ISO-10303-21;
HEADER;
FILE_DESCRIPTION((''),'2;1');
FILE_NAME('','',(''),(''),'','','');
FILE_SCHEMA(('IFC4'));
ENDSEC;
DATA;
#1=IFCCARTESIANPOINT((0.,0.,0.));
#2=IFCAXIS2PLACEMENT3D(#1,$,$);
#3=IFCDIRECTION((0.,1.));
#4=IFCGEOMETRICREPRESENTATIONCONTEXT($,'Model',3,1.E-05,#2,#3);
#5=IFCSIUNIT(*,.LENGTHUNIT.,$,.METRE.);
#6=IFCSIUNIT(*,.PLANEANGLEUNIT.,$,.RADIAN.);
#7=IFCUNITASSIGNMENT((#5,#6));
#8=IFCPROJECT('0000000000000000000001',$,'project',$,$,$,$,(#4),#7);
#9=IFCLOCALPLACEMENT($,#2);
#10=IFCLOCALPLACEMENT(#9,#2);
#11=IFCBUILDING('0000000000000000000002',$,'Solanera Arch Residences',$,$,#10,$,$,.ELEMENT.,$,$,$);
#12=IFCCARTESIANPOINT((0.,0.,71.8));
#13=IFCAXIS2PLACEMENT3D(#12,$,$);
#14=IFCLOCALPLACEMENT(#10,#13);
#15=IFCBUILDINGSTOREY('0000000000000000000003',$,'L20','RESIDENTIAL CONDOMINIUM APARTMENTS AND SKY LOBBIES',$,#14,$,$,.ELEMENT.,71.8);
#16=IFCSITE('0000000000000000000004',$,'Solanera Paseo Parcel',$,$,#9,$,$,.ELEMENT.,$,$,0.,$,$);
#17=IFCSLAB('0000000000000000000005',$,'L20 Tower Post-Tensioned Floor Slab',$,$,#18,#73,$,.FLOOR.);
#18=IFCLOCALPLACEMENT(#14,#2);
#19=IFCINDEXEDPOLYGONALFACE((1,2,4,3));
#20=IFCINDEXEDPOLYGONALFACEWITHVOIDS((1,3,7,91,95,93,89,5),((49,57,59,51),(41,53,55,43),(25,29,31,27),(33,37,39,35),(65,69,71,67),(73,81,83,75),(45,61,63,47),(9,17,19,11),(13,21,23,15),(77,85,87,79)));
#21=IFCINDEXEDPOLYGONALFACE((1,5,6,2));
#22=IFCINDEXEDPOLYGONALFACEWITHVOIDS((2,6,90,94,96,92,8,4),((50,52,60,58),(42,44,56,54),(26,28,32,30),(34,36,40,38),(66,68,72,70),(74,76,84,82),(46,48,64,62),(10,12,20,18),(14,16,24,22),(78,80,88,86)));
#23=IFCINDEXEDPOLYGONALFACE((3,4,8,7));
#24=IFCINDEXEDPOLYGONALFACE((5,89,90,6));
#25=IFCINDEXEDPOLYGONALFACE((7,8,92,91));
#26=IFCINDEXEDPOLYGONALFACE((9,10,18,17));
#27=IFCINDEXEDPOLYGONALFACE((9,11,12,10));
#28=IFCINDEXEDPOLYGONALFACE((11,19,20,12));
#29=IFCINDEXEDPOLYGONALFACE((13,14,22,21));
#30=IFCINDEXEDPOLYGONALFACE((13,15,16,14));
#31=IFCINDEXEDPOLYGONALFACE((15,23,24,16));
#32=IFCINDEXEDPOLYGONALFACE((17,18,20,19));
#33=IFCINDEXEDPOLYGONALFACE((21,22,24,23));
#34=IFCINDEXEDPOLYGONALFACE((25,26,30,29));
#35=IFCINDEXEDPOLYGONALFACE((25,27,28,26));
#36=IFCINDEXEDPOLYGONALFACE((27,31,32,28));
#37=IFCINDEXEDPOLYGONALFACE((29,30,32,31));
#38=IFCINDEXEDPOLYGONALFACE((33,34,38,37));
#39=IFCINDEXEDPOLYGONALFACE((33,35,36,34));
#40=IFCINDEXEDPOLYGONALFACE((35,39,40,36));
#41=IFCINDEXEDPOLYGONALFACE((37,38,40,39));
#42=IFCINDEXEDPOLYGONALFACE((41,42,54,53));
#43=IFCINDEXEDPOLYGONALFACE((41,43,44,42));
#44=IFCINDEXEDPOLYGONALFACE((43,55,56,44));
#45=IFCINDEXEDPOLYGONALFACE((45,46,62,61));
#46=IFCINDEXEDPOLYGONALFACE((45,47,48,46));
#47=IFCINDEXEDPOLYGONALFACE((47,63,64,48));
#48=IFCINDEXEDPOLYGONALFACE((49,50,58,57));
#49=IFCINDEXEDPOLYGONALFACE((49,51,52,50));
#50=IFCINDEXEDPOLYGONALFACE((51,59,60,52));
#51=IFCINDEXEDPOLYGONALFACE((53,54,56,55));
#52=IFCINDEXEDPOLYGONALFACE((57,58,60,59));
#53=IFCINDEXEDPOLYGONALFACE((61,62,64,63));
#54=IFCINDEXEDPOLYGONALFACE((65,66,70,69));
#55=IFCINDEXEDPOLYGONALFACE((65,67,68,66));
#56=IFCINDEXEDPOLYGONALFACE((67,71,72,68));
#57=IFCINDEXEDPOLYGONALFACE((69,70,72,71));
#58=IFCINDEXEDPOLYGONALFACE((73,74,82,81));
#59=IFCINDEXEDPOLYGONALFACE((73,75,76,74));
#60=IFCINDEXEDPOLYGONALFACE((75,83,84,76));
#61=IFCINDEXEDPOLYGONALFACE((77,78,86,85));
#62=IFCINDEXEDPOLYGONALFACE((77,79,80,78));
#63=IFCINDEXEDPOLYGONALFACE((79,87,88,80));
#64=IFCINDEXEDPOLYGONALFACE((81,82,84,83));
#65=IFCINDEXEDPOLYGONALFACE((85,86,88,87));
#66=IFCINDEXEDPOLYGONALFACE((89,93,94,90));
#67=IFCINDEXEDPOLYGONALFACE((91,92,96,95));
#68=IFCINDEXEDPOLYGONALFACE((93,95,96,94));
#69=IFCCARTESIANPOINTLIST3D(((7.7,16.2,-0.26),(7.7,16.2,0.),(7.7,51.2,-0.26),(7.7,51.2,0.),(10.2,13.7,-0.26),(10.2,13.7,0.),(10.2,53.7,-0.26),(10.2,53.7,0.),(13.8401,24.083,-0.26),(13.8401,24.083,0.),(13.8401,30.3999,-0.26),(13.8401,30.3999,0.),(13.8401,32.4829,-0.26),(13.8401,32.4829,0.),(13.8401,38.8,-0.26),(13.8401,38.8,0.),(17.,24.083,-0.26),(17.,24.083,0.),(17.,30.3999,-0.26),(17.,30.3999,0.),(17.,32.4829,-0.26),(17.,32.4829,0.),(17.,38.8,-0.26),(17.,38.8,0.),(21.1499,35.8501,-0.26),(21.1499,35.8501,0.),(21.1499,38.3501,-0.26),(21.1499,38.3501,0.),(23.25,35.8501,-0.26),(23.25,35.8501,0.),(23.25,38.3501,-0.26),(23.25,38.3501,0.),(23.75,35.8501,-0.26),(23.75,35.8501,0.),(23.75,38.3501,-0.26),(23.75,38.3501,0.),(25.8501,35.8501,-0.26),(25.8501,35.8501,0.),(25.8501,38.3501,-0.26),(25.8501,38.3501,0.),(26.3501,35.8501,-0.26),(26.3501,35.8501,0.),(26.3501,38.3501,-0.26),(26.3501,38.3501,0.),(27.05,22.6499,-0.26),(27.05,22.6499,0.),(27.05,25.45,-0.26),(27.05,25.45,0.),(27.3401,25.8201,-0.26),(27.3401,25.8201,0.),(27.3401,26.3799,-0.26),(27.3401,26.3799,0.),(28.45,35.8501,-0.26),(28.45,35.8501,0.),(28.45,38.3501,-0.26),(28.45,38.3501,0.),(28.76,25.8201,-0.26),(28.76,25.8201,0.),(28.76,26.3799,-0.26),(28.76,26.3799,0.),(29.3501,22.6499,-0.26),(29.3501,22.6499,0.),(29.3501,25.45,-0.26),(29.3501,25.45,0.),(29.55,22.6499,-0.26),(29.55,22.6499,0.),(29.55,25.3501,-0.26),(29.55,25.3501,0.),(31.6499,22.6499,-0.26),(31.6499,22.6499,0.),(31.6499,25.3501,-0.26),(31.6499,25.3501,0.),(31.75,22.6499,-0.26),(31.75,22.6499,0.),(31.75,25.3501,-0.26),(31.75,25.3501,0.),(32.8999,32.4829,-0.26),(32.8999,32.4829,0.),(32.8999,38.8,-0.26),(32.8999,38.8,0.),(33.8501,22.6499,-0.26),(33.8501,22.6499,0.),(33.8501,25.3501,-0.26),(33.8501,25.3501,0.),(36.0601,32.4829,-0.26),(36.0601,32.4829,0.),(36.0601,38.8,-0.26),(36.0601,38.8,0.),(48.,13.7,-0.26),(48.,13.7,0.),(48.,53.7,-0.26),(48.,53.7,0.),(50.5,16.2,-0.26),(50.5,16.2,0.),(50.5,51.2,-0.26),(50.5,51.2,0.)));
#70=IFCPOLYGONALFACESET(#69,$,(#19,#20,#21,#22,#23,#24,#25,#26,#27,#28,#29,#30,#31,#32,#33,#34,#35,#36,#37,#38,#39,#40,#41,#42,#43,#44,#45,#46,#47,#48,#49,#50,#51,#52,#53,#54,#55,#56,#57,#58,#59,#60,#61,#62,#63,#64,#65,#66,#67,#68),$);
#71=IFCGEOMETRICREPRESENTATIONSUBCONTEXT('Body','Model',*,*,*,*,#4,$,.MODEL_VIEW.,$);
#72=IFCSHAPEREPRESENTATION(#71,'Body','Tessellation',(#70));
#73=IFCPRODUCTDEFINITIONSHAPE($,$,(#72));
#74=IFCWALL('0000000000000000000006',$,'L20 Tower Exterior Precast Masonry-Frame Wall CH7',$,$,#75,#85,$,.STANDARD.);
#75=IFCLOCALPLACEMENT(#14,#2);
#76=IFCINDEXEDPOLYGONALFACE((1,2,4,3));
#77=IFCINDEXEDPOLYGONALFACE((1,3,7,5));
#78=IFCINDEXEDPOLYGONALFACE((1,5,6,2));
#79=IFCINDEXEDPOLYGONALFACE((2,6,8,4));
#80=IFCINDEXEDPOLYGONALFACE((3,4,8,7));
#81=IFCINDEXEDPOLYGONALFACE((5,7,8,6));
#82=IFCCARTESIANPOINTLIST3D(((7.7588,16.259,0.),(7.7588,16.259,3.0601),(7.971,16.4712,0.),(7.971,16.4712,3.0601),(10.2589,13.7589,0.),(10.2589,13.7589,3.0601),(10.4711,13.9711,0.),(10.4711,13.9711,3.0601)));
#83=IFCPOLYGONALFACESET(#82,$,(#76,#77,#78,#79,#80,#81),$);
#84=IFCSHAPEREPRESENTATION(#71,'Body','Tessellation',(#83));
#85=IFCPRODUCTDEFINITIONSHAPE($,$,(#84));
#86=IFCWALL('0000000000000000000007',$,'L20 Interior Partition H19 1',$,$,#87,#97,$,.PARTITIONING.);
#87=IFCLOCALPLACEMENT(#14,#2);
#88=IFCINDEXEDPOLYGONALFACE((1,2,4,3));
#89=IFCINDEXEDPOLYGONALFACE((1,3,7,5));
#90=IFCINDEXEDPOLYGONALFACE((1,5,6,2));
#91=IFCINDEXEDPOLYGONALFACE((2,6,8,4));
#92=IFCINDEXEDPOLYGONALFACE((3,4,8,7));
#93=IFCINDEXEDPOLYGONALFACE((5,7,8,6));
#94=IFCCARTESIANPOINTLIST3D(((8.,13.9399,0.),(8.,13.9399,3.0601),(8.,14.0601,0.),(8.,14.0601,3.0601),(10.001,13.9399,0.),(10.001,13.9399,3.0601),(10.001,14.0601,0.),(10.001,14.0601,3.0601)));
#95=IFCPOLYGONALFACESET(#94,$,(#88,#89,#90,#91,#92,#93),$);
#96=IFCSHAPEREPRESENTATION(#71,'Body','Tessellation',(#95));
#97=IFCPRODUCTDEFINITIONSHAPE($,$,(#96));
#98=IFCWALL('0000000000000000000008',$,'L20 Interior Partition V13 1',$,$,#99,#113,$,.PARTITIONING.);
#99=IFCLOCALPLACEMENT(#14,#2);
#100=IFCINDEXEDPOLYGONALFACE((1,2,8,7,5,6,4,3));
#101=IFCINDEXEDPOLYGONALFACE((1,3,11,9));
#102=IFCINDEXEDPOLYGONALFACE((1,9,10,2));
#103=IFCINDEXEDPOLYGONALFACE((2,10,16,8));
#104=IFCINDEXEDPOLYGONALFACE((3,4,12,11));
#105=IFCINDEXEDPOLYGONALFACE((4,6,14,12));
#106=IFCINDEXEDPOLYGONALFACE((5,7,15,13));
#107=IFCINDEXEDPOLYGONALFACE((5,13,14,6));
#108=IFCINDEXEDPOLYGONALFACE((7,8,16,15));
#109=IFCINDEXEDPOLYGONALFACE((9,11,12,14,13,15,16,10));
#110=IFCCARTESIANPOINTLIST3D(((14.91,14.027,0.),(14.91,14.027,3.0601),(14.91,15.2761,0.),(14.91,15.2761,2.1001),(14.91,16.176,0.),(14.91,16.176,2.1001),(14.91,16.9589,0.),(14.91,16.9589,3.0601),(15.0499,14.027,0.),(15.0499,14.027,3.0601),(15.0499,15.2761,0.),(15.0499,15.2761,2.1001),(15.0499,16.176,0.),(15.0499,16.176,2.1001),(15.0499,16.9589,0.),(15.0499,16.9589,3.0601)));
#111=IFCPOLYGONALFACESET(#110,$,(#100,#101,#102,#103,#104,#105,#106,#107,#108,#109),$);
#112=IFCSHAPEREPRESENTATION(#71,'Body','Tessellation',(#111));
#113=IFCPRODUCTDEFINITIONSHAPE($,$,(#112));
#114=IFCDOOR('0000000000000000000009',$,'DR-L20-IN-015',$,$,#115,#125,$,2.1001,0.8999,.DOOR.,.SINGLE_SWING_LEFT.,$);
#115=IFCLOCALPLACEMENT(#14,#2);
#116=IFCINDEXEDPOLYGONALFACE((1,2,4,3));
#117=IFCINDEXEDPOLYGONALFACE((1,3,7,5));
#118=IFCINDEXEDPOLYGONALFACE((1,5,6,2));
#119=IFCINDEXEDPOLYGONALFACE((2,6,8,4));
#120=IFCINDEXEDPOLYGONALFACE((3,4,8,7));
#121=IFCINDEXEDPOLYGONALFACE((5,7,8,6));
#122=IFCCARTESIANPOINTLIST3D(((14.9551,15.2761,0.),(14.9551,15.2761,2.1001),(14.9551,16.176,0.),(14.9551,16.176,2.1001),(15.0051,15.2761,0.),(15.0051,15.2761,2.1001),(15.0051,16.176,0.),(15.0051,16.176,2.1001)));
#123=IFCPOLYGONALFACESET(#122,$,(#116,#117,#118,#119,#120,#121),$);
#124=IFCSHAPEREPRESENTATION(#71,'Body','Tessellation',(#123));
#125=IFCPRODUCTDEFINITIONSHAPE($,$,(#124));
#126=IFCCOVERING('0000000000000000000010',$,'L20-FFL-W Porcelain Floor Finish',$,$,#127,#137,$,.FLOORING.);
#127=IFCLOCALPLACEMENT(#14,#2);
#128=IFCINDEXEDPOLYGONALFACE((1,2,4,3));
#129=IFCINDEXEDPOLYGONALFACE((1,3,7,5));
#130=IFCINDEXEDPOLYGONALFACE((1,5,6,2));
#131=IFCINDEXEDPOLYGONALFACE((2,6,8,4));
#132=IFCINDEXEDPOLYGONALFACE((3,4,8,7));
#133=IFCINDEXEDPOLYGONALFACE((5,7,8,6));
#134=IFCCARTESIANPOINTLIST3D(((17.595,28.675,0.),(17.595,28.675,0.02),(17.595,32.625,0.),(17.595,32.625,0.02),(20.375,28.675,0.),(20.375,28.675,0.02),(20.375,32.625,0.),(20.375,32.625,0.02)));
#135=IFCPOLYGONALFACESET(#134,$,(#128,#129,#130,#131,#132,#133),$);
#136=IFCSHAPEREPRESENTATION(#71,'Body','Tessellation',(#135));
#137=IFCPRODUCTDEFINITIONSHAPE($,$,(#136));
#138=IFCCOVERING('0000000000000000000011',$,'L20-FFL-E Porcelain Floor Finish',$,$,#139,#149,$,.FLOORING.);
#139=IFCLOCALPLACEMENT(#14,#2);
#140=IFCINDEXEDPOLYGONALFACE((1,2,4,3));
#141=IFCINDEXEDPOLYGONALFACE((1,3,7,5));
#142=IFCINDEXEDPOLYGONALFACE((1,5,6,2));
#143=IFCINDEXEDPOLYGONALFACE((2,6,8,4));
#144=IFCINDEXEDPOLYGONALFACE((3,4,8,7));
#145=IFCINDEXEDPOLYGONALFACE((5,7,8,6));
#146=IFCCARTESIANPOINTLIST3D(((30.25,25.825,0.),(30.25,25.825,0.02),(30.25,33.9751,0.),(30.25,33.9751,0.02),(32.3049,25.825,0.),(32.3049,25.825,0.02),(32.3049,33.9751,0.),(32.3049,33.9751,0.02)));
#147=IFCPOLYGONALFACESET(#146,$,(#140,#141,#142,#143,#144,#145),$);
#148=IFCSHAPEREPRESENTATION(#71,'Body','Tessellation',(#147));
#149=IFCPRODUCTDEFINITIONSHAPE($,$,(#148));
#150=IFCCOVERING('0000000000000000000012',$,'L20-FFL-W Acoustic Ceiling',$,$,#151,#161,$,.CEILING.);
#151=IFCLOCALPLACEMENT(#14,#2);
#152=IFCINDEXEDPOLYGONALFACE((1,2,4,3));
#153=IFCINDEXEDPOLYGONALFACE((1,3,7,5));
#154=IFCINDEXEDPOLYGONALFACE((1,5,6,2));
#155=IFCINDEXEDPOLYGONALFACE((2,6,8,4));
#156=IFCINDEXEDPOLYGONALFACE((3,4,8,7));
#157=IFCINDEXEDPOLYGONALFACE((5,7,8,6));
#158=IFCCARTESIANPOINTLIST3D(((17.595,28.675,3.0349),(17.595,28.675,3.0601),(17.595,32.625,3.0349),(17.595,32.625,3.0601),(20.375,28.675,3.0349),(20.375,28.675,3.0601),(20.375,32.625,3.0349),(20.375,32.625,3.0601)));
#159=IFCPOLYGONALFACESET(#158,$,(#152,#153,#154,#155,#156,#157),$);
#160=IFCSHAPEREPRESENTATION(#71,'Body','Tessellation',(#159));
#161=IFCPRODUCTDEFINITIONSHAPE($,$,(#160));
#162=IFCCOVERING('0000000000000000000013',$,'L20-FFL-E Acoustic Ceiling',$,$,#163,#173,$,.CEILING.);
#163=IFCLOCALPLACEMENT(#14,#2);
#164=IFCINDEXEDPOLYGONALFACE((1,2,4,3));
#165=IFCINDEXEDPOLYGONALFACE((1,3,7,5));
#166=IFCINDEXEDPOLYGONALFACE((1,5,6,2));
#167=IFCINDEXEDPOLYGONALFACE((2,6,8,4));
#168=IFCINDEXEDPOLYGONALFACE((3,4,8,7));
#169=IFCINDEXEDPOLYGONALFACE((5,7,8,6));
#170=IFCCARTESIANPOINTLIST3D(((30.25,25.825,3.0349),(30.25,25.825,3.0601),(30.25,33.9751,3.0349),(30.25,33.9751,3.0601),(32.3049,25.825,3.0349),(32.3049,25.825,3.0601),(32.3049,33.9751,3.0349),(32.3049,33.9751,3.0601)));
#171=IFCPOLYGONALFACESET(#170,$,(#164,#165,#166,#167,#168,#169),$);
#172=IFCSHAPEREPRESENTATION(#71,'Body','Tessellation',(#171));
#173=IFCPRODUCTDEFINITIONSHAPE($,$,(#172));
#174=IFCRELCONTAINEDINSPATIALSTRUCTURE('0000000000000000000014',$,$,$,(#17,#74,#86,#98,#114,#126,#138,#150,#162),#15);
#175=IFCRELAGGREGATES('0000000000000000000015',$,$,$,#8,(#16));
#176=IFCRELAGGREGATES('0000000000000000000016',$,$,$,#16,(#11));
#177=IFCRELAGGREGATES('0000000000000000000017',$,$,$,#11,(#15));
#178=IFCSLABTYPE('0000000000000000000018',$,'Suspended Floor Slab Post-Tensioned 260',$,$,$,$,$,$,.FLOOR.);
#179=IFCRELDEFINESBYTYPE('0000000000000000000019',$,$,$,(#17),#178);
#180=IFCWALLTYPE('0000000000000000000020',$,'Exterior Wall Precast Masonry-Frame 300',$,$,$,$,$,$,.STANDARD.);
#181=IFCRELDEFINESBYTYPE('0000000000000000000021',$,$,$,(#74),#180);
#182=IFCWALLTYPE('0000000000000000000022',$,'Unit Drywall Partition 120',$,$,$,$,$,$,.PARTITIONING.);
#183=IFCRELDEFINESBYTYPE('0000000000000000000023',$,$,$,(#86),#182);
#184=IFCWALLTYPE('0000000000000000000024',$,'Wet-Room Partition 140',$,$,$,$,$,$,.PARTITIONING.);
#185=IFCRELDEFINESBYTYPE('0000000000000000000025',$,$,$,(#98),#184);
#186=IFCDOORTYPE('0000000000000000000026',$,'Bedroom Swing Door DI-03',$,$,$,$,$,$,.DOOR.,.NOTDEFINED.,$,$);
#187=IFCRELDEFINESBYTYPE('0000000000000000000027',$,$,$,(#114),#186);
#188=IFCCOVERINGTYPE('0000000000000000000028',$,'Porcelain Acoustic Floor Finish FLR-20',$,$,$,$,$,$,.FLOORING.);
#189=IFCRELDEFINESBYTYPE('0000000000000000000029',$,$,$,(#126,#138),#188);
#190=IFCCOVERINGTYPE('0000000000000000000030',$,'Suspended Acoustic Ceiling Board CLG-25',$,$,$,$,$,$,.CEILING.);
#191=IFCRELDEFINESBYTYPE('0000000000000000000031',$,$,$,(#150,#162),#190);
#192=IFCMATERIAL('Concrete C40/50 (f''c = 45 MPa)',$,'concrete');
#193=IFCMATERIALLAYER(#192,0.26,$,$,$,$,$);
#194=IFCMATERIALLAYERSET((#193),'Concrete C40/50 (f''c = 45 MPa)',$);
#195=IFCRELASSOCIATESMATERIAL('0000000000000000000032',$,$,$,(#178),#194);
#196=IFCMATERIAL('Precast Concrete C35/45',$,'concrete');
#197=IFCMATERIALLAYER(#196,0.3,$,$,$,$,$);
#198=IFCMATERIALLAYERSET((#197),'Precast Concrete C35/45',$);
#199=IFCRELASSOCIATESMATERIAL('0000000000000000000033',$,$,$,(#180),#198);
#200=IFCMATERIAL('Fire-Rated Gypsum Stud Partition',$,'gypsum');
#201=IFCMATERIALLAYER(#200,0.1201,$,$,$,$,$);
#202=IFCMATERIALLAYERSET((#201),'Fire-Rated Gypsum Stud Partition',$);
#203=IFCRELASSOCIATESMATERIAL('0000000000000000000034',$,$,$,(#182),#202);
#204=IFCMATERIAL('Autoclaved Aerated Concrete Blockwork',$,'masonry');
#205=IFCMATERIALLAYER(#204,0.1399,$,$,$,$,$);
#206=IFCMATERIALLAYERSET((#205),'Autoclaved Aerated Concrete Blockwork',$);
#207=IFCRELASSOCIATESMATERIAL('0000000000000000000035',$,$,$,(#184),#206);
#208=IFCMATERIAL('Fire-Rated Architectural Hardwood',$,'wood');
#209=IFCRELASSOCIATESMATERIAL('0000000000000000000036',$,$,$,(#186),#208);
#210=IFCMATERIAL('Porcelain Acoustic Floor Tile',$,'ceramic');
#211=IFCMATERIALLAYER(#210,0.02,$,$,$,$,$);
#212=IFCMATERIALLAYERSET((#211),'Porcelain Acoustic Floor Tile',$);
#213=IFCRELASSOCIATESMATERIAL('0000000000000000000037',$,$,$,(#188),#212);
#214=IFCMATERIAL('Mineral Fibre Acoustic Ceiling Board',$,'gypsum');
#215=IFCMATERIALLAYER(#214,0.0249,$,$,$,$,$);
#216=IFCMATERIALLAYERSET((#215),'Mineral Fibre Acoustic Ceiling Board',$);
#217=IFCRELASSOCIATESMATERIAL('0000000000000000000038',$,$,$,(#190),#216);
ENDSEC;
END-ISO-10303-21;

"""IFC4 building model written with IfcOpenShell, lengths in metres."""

from ifc_helpers import new_model, si_unit, direction, frame, frame_2d, origin, place, context, subcontext, project, spatial, polyline, rectangle, outline, extrude, material, layer, layer_set, type_object, element, fill, save


model = new_model("IFC4")

# Units and contexts
model_context = context("Model", 3, precision=1e-05, world=origin(), true_north=direction((0.0, 1.0)))
body_context = subcontext(model_context, "Body", "Model", "MODEL_VIEW")
ifc_project = project(units=[si_unit("LENGTHUNIT", "METRE"), si_unit("PLANEANGLEUNIT", "RADIAN")], contexts=[model_context])

# Site, building, storey
site_placement = place(None, origin())
site = spatial("IfcSite", under=ifc_project, at=site_placement, Name="Solanera Paseo Parcel", CompositionType="ELEMENT", RefElevation=0.0)
building_placement = place(site_placement, origin())
building = spatial("IfcBuilding", under=site, at=building_placement, Name="Solanera Arch Residences", CompositionType="ELEMENT")
storey_placement = place(building_placement, frame((0.0, 0.0, 71.8)))
storey = spatial("IfcBuildingStorey", under=building, at=storey_placement, Name="L20", Description="RESIDENTIAL CONDOMINIUM APARTMENTS AND SKY LOBBIES", CompositionType="ELEMENT", Elevation=71.8)

# Slab
ifc_material_1 = material(Name="Concrete C40/50 (f'c = 45 MPa)", Category="concrete")
ifc_layer_1 = layer(ifc_material_1, 0.26)
ifc_layer_set_1 = layer_set([ifc_layer_1], Name="Concrete C40/50 (f'c = 45 MPa)")
slab_type_1 = type_object("IfcSlabType", Name="Suspended Floor Slab Post-Tensioned 260", PredefinedType="FLOOR", material=ifc_layer_set_1)
slab_1_placement = place(storey_placement, frame((0.0, 0.0, -0.26)))
element("IfcSlab", 1, at=slab_1_placement, inside=storey, type_object=slab_type_1, Name="L20 Tower Post-Tensioned Floor Slab", PredefinedType="FLOOR", context=body_context, shape_type="SweptSolid", body=[
    extrude(outline(polyline([(10.2, 13.7), (48.0, 13.7), (50.5, 16.2), (50.5, 51.2), (48.0, 53.7), (10.2, 53.7), (7.7, 51.2), (7.7, 16.2), (10.2, 13.7)]), holes=[polyline([(13.8401, 32.4829), (13.8401, 38.8), (17.0, 38.8), (17.0, 32.4829), (13.8401, 32.4829)]), polyline([(32.8999, 32.4829), (32.8999, 38.8), (36.0601, 38.8), (36.0601, 32.4829), (32.8999, 32.4829)]), polyline([(13.8401, 24.083), (13.8401, 30.3999), (17.0, 30.3999), (17.0, 24.083), (13.8401, 24.083)]), polyline([(21.1499, 38.3501), (23.25, 38.3501), (23.25, 35.8501), (21.1499, 35.8501), (21.1499, 38.3501)]), polyline([(23.75, 38.3501), (25.8501, 38.3501), (25.8501, 35.8501), (23.75, 35.8501), (23.75, 38.3501)]), polyline([(26.3501, 38.3501), (28.45, 38.3501), (28.45, 35.8501), (26.3501, 35.8501), (26.3501, 38.3501)]), polyline([(29.55, 25.3501), (31.6499, 25.3501), (31.6499, 22.6499), (29.55, 22.6499), (29.55, 25.3501)]), polyline([(31.75, 25.3501), (33.8501, 25.3501), (33.8501, 22.6499), (31.75, 22.6499), (31.75, 25.3501)]), polyline([(27.05, 25.45), (29.3501, 25.45), (29.3501, 22.6499), (27.05, 22.6499), (27.05, 25.45)]), polyline([(27.3401, 26.3799), (28.76, 26.3799), (28.76, 25.8201), (27.3401, 25.8201), (27.3401, 26.3799)])]), origin(), (0.0, 0.0, 1.0), 0.26),
])

# Walls
ifc_material_2 = material(Name="Precast Concrete C35/45", Category="concrete")
ifc_layer_2 = layer(ifc_material_2, 0.3)
ifc_layer_set_2 = layer_set([ifc_layer_2], Name="Precast Concrete C35/45")
wall_type_1 = type_object("IfcWallType", Name="Exterior Wall Precast Masonry-Frame 300", PredefinedType="STANDARD", material=ifc_layer_set_2)
wall_1_placement = place(storey_placement, frame((10.365, 13.865, 0.0), z_axis=(0.0, 0.0, 1.0), x_axis=(-0.707107, 0.707107, 0.0)))
element("IfcWall", 2, at=wall_1_placement, inside=storey, type_object=wall_type_1, Name="L20 Tower Exterior Precast Masonry-Frame Wall CH7", PredefinedType="STANDARD", context=body_context, shape_type="SweptSolid", body=[
    extrude(rectangle(XDim=3.5356, YDim=0.3, at=frame_2d((1.7678, 0.0))), origin(), (0.0, 0.0, 1.0), 3.0601),
])
ifc_material_3 = material(Name="Fire-Rated Gypsum Stud Partition", Category="gypsum")
ifc_layer_3 = layer(ifc_material_3, 0.1201)
ifc_layer_set_3 = layer_set([ifc_layer_3], Name="Fire-Rated Gypsum Stud Partition")
wall_type_2 = type_object("IfcWallType", Name="Unit Drywall Partition 120", PredefinedType="PARTITIONING", material=ifc_layer_set_3)
wall_2_placement = place(storey_placement, frame((8.0, 14.0, 0.0), z_axis=(0.0, 0.0, 1.0), x_axis=(1.0, 0.0, 0.0)))
element("IfcWall", 3, at=wall_2_placement, inside=storey, type_object=wall_type_2, Name="L20 Interior Partition H19 1", PredefinedType="PARTITIONING", context=body_context, shape_type="SweptSolid", body=[
    extrude(rectangle(XDim=2.001, YDim=0.1201, at=frame_2d((1.0005, 0.0))), origin(), (0.0, 0.0, 1.0), 3.0601),
])

# Wall, opening, door
ifc_material_4 = material(Name="Autoclaved Aerated Concrete Blockwork", Category="masonry")
ifc_layer_4 = layer(ifc_material_4, 0.1399)
ifc_layer_set_4 = layer_set([ifc_layer_4], Name="Autoclaved Aerated Concrete Blockwork")
wall_type_3 = type_object("IfcWallType", Name="Wet-Room Partition 140", PredefinedType="PARTITIONING", material=ifc_layer_set_4)
wall_3_placement = place(storey_placement, frame((14.98, 14.0271, 0.0), z_axis=(0.0, 0.0, 1.0), x_axis=(0.0, 1.0, 0.0)))
wall_3 = element("IfcWall", 4, at=wall_3_placement, inside=storey, type_object=wall_type_3, Name="L20 Interior Partition V13 1", PredefinedType="PARTITIONING", context=body_context, shape_type="SweptSolid", body=[
    extrude(rectangle(XDim=2.9319, YDim=0.1399, at=frame_2d((1.4658, 0.0))), origin(), (0.0, 0.0, 1.0), 3.0601),
])
opening_placement = place(wall_3_placement, frame((1.249, 0.0, 0.0)))
opening = element("IfcOpeningElement", 5, at=opening_placement, cuts=wall_3, PredefinedType="OPENING", context=body_context, shape_type="SweptSolid", body=[
    extrude(rectangle(XDim=0.8999, YDim=2.1001, at=frame_2d((0.45, 1.05))), frame((0.0, 0.0798, 0.0), z_axis=(0.0, -1.0, 0.0), x_axis=(1.0, 0.0, 0.0)), (0.0, 0.0, 1.0), 0.1599),
])
ifc_material_5 = material(Name="Fire-Rated Architectural Hardwood", Category="wood")
door_type = type_object("IfcDoorType", Name="Bedroom Swing Door DI-03", OperationType="NOTDEFINED", PredefinedType="DOOR", material=ifc_material_5)
door_placement = place(opening_placement, origin())
door = element("IfcDoor", 6, at=door_placement, inside=storey, type_object=door_type, Name="DR-L20-IN-015", OperationType="SINGLE_SWING_LEFT", OverallHeight=2.1001, OverallWidth=0.8999, PredefinedType="DOOR", context=body_context, shape_type="SweptSolid", body=[
    extrude(rectangle(XDim=0.8999, YDim=2.1001, at=frame_2d((0.45, 1.05))), frame((0.0, 0.0249, 0.0), z_axis=(0.0, -1.0, 0.0), x_axis=(1.0, 0.0, 0.0)), (0.0, 0.0, 1.0), 0.05),
])
fill(opening, door)

# Coverings
ifc_material_6 = material(Name="Porcelain Acoustic Floor Tile", Category="ceramic")
ifc_layer_5 = layer(ifc_material_6, 0.02)
ifc_layer_set_5 = layer_set([ifc_layer_5], Name="Porcelain Acoustic Floor Tile")
covering_type_1 = type_object("IfcCoveringType", Name="Porcelain Acoustic Floor Finish FLR-20", PredefinedType="FLOORING", material=ifc_layer_set_5)
covering_1_placement = place(storey_placement, origin())
element("IfcCovering", 7, at=covering_1_placement, inside=storey, type_object=covering_type_1, Name="L20-FFL-W Porcelain Floor Finish", PredefinedType="FLOORING", context=body_context, shape_type="SweptSolid", body=[
    extrude(outline(polyline([(20.375, 28.675), (17.595, 28.675), (17.595, 32.625), (20.375, 32.625), (20.375, 28.675)])), origin(), (0.0, 0.0, 1.0), 0.02),
])
covering_2_placement = place(storey_placement, origin())
element("IfcCovering", 8, at=covering_2_placement, inside=storey, type_object=covering_type_1, Name="L20-FFL-E Porcelain Floor Finish", PredefinedType="FLOORING", context=body_context, shape_type="SweptSolid", body=[
    extrude(outline(polyline([(32.3049, 25.825), (30.25, 25.825), (30.25, 33.9751), (32.3049, 33.9751), (32.3049, 25.825)])), origin(), (0.0, 0.0, 1.0), 0.02),
])
ifc_material_7 = material(Name="Mineral Fibre Acoustic Ceiling Board", Category="gypsum")
ifc_layer_6 = layer(ifc_material_7, 0.0249)
ifc_layer_set_6 = layer_set([ifc_layer_6], Name="Mineral Fibre Acoustic Ceiling Board")
covering_type_2 = type_object("IfcCoveringType", Name="Suspended Acoustic Ceiling Board CLG-25", PredefinedType="CEILING", material=ifc_layer_set_6)
covering_3_placement = place(storey_placement, frame((0.0, 0.0, 3.0349)))
element("IfcCovering", 9, at=covering_3_placement, inside=storey, type_object=covering_type_2, Name="L20-FFL-W Acoustic Ceiling", PredefinedType="CEILING", context=body_context, shape_type="SweptSolid", body=[
    extrude(outline(polyline([(20.375, 28.675), (17.595, 28.675), (17.595, 32.625), (20.375, 32.625), (20.375, 28.675)])), origin(), (0.0, 0.0, 1.0), 0.0251),
])
covering_4_placement = place(storey_placement, frame((0.0, 0.0, 3.0349)))
element("IfcCovering", 10, at=covering_4_placement, inside=storey, type_object=covering_type_2, Name="L20-FFL-E Acoustic Ceiling", PredefinedType="CEILING", context=body_context, shape_type="SweptSolid", body=[
    extrude(outline(polyline([(32.3049, 25.825), (30.25, 25.825), (30.25, 33.9751), (32.3049, 33.9751), (32.3049, 25.825)])), origin(), (0.0, 0.0, 1.0), 0.0251),
])

save(model, "model.ifc")
